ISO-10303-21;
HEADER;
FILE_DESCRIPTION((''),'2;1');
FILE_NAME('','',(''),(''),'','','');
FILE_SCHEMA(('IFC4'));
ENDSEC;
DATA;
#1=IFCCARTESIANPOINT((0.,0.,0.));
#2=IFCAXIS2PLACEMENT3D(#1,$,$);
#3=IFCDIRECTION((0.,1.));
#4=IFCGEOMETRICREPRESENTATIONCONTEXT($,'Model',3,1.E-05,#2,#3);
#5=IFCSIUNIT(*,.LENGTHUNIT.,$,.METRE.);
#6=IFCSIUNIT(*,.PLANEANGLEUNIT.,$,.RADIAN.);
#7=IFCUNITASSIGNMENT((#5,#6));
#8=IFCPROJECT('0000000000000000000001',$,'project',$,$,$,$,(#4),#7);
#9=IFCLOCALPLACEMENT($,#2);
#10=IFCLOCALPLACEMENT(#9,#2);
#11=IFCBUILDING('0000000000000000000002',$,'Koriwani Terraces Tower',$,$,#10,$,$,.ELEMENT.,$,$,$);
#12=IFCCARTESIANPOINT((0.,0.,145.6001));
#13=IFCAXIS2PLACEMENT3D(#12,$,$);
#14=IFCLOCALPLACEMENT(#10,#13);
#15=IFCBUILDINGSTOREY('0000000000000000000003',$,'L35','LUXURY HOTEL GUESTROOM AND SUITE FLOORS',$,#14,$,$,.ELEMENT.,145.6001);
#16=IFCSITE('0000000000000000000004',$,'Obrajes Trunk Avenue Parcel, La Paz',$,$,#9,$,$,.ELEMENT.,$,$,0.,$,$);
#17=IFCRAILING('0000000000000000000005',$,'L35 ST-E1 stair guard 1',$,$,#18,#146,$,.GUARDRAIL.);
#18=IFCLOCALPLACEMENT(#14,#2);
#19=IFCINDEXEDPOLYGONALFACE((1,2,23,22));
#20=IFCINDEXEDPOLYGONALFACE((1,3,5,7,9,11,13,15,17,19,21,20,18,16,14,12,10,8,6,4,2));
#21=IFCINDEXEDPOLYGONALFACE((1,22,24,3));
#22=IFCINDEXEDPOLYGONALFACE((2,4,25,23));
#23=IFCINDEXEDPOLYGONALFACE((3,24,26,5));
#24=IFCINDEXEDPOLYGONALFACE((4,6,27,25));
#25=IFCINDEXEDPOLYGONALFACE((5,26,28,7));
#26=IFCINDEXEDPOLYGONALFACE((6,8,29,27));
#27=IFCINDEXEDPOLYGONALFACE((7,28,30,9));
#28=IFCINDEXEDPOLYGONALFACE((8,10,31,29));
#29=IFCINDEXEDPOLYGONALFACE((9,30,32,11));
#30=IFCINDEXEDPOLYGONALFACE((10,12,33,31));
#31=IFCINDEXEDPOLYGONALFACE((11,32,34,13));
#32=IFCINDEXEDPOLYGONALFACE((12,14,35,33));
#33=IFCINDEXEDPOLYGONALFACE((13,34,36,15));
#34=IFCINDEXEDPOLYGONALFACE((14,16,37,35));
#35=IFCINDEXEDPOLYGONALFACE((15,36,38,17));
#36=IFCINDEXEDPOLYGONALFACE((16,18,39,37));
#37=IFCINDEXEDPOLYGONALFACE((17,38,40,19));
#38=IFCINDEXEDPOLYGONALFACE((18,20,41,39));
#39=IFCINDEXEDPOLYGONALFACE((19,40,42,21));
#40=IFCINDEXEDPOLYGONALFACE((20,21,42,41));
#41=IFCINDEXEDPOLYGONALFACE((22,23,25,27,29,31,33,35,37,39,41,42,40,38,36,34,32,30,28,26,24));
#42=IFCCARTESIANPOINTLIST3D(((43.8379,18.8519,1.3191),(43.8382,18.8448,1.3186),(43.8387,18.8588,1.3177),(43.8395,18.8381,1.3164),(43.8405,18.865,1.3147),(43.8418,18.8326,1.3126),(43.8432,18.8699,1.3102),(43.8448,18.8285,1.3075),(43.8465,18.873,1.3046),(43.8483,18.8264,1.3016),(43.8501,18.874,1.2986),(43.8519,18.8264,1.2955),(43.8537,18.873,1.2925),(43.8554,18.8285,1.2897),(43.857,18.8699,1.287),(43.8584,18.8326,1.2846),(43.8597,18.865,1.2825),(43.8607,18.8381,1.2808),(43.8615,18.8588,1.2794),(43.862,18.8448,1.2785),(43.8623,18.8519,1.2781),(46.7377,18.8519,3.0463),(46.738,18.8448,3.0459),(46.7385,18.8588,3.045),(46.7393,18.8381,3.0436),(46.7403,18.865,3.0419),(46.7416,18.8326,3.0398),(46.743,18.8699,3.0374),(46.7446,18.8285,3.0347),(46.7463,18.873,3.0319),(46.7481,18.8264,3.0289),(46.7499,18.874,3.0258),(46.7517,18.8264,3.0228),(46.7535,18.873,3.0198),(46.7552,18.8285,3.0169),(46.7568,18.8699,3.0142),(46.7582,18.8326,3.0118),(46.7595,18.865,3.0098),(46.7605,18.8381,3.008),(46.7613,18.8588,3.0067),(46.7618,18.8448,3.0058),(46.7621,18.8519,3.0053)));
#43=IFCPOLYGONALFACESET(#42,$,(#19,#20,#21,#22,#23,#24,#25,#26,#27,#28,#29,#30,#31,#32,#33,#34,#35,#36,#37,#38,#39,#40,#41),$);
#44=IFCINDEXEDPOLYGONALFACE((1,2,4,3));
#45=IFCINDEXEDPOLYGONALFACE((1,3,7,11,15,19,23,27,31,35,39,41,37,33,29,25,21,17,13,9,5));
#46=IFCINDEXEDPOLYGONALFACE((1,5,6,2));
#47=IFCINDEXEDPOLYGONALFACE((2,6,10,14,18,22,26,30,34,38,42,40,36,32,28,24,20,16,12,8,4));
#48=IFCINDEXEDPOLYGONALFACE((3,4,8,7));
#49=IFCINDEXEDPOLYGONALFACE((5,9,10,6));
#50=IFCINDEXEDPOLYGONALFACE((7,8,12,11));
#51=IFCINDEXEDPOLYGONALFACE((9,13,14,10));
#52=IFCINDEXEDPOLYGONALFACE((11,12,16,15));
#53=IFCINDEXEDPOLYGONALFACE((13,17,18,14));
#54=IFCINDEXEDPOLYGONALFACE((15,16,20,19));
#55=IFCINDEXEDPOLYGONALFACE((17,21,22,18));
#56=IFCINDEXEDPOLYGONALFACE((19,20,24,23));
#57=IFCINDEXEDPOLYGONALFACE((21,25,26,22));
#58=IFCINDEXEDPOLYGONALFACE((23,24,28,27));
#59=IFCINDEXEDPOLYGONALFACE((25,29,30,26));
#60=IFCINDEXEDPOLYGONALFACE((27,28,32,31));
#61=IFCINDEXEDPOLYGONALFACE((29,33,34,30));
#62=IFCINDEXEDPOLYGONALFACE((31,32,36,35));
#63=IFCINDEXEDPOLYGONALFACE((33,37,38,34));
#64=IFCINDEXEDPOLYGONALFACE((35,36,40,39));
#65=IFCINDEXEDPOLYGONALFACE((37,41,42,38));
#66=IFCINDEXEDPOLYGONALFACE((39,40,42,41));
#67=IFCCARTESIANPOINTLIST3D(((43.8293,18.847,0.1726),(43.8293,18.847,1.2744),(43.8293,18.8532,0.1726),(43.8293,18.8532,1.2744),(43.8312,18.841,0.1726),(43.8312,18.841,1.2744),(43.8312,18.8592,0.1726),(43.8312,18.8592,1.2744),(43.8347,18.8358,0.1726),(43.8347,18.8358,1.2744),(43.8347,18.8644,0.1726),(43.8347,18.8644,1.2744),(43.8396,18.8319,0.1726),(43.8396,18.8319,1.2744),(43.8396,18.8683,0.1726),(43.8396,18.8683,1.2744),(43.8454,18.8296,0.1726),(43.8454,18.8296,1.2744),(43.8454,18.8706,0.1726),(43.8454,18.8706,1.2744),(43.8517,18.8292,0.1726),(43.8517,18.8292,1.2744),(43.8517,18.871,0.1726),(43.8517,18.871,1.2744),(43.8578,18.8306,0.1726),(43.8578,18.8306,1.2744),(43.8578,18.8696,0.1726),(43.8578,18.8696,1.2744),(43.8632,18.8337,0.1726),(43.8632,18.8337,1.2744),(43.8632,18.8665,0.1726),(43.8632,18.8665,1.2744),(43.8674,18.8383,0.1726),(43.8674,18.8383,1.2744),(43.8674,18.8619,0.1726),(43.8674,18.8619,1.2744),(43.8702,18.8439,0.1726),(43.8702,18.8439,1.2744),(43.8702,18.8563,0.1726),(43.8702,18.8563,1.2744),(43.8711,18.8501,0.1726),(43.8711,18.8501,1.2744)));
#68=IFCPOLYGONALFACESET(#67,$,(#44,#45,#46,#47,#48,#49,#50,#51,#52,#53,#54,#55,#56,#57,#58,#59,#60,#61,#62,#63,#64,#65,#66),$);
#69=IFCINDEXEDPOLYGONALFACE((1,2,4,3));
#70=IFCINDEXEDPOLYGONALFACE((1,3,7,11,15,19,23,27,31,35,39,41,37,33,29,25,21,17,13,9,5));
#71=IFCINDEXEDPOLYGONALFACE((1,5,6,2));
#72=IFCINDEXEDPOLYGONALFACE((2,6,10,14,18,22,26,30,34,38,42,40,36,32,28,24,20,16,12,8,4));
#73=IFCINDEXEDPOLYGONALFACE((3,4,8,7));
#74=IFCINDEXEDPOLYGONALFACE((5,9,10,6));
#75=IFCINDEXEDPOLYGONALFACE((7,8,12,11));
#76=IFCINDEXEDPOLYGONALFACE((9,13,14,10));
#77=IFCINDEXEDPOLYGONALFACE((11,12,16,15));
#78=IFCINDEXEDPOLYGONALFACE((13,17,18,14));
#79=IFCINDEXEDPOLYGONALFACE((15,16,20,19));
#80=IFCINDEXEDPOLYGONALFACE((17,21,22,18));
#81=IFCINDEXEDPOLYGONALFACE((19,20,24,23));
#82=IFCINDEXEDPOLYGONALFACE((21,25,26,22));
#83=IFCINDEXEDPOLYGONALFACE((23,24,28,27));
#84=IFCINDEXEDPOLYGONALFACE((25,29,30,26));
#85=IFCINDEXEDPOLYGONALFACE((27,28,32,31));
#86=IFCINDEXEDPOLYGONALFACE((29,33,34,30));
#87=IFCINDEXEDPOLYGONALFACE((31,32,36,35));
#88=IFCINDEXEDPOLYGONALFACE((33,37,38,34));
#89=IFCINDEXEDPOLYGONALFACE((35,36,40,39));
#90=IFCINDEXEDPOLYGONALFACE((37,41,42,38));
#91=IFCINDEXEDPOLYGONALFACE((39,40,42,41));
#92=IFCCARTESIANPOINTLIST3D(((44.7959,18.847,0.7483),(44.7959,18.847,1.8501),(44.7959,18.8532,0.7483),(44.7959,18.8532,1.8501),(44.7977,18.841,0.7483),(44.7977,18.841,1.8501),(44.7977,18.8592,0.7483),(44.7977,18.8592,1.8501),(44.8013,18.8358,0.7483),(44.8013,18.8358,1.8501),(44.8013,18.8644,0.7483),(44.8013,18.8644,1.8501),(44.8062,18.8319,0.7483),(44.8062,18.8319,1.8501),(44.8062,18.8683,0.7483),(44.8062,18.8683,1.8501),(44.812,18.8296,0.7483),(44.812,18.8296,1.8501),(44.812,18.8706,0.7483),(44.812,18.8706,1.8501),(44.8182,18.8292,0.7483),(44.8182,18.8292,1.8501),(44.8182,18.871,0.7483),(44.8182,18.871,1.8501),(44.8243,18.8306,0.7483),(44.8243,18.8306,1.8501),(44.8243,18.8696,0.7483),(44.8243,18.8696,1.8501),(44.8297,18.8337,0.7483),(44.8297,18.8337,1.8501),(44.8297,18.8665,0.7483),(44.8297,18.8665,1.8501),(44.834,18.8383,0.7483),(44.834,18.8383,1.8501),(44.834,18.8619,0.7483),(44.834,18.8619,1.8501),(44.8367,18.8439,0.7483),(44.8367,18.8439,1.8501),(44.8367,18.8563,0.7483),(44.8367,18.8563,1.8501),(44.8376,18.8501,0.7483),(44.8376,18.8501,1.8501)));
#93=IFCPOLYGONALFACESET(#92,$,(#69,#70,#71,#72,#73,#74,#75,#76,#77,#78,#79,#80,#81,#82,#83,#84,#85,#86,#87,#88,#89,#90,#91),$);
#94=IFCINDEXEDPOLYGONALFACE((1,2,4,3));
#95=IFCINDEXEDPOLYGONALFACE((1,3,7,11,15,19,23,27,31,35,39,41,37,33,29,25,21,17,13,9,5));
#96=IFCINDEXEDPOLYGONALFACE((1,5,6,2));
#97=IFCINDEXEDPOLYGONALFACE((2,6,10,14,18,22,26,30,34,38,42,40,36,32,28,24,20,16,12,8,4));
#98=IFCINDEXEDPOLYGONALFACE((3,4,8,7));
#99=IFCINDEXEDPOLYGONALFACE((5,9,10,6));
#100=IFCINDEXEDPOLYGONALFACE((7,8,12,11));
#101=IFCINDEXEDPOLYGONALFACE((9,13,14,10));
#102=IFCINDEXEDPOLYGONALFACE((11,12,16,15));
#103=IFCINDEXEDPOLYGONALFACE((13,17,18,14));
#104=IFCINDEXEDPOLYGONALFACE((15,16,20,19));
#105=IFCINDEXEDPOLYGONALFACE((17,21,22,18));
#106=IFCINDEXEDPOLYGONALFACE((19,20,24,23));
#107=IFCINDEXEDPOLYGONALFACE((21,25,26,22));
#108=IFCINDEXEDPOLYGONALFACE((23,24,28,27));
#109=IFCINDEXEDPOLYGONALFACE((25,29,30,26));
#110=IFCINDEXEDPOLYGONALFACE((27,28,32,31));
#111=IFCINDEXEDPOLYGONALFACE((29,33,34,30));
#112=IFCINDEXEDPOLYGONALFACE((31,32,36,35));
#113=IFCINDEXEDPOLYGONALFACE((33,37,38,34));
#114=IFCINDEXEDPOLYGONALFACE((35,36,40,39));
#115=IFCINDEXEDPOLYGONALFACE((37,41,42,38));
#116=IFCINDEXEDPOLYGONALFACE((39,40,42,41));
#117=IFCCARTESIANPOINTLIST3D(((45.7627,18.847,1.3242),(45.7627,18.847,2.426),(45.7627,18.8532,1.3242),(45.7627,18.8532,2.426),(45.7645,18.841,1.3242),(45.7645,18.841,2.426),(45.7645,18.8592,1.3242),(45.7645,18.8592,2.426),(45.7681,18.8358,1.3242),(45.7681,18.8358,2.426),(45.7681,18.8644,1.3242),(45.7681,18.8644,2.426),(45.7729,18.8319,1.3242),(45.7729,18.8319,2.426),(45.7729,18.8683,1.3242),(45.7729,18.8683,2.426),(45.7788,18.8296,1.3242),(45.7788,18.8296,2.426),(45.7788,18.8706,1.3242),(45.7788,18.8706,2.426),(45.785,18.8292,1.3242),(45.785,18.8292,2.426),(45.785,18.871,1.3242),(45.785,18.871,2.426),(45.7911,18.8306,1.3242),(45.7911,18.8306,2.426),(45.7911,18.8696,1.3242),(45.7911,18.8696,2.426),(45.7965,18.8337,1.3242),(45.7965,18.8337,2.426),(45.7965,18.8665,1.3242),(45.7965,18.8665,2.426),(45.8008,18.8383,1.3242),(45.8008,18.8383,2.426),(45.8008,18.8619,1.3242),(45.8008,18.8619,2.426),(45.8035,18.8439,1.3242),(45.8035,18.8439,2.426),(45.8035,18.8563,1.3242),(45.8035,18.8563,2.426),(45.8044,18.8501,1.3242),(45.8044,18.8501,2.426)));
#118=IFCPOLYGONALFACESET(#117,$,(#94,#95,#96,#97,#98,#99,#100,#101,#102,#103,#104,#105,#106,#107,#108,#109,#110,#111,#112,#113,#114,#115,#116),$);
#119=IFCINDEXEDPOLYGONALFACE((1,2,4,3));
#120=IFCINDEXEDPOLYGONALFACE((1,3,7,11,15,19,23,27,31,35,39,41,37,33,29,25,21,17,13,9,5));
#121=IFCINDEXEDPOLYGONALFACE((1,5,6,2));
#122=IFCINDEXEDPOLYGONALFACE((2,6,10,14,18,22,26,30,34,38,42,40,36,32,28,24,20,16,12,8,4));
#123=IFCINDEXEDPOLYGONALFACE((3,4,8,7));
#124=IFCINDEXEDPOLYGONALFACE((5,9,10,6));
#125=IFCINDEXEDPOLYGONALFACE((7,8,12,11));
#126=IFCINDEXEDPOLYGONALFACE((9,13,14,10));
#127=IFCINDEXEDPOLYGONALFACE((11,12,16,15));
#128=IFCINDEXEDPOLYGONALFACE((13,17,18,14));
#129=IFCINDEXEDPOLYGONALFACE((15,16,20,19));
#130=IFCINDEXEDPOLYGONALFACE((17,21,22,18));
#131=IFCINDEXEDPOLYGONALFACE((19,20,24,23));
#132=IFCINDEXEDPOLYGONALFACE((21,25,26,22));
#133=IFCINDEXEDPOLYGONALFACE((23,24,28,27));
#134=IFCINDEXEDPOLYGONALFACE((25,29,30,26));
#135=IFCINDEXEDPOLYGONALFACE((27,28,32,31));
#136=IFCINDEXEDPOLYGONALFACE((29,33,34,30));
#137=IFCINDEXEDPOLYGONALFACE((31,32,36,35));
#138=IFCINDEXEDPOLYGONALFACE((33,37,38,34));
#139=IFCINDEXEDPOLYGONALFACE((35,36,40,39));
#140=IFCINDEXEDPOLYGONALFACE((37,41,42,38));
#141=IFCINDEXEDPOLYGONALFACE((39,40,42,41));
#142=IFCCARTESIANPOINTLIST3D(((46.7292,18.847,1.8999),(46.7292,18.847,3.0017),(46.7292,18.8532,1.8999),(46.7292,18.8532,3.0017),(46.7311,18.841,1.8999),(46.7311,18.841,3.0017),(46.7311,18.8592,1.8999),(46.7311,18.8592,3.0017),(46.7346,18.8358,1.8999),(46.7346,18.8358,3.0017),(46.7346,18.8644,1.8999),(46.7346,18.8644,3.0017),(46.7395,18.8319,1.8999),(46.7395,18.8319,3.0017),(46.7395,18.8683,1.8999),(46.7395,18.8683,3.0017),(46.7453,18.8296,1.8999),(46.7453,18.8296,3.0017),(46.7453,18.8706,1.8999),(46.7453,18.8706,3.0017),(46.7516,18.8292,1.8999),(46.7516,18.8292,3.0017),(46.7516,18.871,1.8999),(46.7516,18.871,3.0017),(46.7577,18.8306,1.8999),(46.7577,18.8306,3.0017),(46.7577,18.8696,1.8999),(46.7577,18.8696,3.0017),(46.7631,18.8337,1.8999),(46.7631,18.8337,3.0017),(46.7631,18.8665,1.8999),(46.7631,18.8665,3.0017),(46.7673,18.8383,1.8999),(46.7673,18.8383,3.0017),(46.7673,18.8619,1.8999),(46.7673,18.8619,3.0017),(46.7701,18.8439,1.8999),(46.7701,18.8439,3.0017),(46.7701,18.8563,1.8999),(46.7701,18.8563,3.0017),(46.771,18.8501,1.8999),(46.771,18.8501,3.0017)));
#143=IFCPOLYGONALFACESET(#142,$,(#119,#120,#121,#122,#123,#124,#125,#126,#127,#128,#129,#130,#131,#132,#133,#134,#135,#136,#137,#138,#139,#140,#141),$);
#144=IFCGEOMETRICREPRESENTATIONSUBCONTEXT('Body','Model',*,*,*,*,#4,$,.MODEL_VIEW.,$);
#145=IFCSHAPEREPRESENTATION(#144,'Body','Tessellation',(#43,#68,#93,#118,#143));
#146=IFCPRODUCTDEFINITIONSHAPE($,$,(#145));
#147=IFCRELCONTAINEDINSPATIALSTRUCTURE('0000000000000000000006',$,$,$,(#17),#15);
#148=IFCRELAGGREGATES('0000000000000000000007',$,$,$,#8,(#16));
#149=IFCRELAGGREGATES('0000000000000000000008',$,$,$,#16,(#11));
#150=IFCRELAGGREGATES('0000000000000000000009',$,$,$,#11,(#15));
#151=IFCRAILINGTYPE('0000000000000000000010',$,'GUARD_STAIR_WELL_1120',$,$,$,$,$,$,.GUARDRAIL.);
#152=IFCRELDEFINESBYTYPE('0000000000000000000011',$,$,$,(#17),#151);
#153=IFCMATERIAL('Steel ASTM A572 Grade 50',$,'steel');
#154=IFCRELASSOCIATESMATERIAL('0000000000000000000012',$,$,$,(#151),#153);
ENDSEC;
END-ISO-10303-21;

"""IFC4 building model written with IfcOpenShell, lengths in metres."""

from ifc_helpers import new_model, si_unit, direction, frame, origin, origin_2d, place, context, subcontext, project, spatial, circle, extrude, material, type_object, element, save


model = new_model("IFC4")

# Units and contexts
model_context = context("Model", 3, precision=1e-05, world=origin(), true_north=direction((0.0, 1.0)))
body_context = subcontext(model_context, "Body", "Model", "MODEL_VIEW")
ifc_project = project(units=[si_unit("LENGTHUNIT", "METRE"), si_unit("PLANEANGLEUNIT", "RADIAN")], contexts=[model_context])

# Site, building, storey
site_placement = place(None, origin())
site = spatial("IfcSite", under=ifc_project, at=site_placement, Name="Obrajes Trunk Avenue Parcel, La Paz", CompositionType="ELEMENT", RefElevation=0.0)
building_placement = place(site_placement, origin())
building = spatial("IfcBuilding", under=site, at=building_placement, Name="Koriwani Terraces Tower", CompositionType="ELEMENT")
storey_placement = place(building_placement, frame((0.0, 0.0, 145.6001)))
storey = spatial("IfcBuildingStorey", under=building, at=storey_placement, Name="L35", Description="LUXURY HOTEL GUESTROOM AND SUITE FLOORS", CompositionType="ELEMENT", Elevation=145.6001)

# Shared definitions
ifc_material_1 = material(Name="Steel ASTM A572 Grade 50", Category="steel")

# Railing
railing_type_1 = type_object("IfcRailingType", Name="GUARD_STAIR_WELL_1120", PredefinedType="GUARDRAIL", material=ifc_material_1)
railing_placement = place(storey_placement, frame((43.8501, 18.8501, 0.1726)))
element("IfcRailing", 1, at=railing_placement, inside=storey, type_object=railing_type_1, Name="L35 ST-E1 stair guard 1", PredefinedType="GUARDRAIL", context=body_context, shape_type="SweptSolid", body=[
    extrude(circle(Radius=0.0239, at=origin_2d()), frame((0.0, 0.0, 1.126), z_axis=(0.859141, 0.0, 0.511738), x_axis=(0.0, 1.0, 0.0)), (0.0, 0.0, 1.0), 3.3752),
    extrude(circle(Radius=0.021, at=origin_2d()), origin(), (0.0, 0.0, 1.0), 1.1018),
    extrude(circle(Radius=0.021, at=origin_2d()), frame((0.9666, 0.0, 0.5757)), (0.0, 0.0, 1.0), 1.1018),
    extrude(circle(Radius=0.021, at=origin_2d()), frame((1.9333, 0.0, 1.1516)), (0.0, 0.0, 1.0), 1.1018),
    extrude(circle(Radius=0.021, at=origin_2d()), frame((2.8999, 0.0, 1.7273)), (0.0, 0.0, 1.0), 1.1018),
])

save(model, "model.ifc")
